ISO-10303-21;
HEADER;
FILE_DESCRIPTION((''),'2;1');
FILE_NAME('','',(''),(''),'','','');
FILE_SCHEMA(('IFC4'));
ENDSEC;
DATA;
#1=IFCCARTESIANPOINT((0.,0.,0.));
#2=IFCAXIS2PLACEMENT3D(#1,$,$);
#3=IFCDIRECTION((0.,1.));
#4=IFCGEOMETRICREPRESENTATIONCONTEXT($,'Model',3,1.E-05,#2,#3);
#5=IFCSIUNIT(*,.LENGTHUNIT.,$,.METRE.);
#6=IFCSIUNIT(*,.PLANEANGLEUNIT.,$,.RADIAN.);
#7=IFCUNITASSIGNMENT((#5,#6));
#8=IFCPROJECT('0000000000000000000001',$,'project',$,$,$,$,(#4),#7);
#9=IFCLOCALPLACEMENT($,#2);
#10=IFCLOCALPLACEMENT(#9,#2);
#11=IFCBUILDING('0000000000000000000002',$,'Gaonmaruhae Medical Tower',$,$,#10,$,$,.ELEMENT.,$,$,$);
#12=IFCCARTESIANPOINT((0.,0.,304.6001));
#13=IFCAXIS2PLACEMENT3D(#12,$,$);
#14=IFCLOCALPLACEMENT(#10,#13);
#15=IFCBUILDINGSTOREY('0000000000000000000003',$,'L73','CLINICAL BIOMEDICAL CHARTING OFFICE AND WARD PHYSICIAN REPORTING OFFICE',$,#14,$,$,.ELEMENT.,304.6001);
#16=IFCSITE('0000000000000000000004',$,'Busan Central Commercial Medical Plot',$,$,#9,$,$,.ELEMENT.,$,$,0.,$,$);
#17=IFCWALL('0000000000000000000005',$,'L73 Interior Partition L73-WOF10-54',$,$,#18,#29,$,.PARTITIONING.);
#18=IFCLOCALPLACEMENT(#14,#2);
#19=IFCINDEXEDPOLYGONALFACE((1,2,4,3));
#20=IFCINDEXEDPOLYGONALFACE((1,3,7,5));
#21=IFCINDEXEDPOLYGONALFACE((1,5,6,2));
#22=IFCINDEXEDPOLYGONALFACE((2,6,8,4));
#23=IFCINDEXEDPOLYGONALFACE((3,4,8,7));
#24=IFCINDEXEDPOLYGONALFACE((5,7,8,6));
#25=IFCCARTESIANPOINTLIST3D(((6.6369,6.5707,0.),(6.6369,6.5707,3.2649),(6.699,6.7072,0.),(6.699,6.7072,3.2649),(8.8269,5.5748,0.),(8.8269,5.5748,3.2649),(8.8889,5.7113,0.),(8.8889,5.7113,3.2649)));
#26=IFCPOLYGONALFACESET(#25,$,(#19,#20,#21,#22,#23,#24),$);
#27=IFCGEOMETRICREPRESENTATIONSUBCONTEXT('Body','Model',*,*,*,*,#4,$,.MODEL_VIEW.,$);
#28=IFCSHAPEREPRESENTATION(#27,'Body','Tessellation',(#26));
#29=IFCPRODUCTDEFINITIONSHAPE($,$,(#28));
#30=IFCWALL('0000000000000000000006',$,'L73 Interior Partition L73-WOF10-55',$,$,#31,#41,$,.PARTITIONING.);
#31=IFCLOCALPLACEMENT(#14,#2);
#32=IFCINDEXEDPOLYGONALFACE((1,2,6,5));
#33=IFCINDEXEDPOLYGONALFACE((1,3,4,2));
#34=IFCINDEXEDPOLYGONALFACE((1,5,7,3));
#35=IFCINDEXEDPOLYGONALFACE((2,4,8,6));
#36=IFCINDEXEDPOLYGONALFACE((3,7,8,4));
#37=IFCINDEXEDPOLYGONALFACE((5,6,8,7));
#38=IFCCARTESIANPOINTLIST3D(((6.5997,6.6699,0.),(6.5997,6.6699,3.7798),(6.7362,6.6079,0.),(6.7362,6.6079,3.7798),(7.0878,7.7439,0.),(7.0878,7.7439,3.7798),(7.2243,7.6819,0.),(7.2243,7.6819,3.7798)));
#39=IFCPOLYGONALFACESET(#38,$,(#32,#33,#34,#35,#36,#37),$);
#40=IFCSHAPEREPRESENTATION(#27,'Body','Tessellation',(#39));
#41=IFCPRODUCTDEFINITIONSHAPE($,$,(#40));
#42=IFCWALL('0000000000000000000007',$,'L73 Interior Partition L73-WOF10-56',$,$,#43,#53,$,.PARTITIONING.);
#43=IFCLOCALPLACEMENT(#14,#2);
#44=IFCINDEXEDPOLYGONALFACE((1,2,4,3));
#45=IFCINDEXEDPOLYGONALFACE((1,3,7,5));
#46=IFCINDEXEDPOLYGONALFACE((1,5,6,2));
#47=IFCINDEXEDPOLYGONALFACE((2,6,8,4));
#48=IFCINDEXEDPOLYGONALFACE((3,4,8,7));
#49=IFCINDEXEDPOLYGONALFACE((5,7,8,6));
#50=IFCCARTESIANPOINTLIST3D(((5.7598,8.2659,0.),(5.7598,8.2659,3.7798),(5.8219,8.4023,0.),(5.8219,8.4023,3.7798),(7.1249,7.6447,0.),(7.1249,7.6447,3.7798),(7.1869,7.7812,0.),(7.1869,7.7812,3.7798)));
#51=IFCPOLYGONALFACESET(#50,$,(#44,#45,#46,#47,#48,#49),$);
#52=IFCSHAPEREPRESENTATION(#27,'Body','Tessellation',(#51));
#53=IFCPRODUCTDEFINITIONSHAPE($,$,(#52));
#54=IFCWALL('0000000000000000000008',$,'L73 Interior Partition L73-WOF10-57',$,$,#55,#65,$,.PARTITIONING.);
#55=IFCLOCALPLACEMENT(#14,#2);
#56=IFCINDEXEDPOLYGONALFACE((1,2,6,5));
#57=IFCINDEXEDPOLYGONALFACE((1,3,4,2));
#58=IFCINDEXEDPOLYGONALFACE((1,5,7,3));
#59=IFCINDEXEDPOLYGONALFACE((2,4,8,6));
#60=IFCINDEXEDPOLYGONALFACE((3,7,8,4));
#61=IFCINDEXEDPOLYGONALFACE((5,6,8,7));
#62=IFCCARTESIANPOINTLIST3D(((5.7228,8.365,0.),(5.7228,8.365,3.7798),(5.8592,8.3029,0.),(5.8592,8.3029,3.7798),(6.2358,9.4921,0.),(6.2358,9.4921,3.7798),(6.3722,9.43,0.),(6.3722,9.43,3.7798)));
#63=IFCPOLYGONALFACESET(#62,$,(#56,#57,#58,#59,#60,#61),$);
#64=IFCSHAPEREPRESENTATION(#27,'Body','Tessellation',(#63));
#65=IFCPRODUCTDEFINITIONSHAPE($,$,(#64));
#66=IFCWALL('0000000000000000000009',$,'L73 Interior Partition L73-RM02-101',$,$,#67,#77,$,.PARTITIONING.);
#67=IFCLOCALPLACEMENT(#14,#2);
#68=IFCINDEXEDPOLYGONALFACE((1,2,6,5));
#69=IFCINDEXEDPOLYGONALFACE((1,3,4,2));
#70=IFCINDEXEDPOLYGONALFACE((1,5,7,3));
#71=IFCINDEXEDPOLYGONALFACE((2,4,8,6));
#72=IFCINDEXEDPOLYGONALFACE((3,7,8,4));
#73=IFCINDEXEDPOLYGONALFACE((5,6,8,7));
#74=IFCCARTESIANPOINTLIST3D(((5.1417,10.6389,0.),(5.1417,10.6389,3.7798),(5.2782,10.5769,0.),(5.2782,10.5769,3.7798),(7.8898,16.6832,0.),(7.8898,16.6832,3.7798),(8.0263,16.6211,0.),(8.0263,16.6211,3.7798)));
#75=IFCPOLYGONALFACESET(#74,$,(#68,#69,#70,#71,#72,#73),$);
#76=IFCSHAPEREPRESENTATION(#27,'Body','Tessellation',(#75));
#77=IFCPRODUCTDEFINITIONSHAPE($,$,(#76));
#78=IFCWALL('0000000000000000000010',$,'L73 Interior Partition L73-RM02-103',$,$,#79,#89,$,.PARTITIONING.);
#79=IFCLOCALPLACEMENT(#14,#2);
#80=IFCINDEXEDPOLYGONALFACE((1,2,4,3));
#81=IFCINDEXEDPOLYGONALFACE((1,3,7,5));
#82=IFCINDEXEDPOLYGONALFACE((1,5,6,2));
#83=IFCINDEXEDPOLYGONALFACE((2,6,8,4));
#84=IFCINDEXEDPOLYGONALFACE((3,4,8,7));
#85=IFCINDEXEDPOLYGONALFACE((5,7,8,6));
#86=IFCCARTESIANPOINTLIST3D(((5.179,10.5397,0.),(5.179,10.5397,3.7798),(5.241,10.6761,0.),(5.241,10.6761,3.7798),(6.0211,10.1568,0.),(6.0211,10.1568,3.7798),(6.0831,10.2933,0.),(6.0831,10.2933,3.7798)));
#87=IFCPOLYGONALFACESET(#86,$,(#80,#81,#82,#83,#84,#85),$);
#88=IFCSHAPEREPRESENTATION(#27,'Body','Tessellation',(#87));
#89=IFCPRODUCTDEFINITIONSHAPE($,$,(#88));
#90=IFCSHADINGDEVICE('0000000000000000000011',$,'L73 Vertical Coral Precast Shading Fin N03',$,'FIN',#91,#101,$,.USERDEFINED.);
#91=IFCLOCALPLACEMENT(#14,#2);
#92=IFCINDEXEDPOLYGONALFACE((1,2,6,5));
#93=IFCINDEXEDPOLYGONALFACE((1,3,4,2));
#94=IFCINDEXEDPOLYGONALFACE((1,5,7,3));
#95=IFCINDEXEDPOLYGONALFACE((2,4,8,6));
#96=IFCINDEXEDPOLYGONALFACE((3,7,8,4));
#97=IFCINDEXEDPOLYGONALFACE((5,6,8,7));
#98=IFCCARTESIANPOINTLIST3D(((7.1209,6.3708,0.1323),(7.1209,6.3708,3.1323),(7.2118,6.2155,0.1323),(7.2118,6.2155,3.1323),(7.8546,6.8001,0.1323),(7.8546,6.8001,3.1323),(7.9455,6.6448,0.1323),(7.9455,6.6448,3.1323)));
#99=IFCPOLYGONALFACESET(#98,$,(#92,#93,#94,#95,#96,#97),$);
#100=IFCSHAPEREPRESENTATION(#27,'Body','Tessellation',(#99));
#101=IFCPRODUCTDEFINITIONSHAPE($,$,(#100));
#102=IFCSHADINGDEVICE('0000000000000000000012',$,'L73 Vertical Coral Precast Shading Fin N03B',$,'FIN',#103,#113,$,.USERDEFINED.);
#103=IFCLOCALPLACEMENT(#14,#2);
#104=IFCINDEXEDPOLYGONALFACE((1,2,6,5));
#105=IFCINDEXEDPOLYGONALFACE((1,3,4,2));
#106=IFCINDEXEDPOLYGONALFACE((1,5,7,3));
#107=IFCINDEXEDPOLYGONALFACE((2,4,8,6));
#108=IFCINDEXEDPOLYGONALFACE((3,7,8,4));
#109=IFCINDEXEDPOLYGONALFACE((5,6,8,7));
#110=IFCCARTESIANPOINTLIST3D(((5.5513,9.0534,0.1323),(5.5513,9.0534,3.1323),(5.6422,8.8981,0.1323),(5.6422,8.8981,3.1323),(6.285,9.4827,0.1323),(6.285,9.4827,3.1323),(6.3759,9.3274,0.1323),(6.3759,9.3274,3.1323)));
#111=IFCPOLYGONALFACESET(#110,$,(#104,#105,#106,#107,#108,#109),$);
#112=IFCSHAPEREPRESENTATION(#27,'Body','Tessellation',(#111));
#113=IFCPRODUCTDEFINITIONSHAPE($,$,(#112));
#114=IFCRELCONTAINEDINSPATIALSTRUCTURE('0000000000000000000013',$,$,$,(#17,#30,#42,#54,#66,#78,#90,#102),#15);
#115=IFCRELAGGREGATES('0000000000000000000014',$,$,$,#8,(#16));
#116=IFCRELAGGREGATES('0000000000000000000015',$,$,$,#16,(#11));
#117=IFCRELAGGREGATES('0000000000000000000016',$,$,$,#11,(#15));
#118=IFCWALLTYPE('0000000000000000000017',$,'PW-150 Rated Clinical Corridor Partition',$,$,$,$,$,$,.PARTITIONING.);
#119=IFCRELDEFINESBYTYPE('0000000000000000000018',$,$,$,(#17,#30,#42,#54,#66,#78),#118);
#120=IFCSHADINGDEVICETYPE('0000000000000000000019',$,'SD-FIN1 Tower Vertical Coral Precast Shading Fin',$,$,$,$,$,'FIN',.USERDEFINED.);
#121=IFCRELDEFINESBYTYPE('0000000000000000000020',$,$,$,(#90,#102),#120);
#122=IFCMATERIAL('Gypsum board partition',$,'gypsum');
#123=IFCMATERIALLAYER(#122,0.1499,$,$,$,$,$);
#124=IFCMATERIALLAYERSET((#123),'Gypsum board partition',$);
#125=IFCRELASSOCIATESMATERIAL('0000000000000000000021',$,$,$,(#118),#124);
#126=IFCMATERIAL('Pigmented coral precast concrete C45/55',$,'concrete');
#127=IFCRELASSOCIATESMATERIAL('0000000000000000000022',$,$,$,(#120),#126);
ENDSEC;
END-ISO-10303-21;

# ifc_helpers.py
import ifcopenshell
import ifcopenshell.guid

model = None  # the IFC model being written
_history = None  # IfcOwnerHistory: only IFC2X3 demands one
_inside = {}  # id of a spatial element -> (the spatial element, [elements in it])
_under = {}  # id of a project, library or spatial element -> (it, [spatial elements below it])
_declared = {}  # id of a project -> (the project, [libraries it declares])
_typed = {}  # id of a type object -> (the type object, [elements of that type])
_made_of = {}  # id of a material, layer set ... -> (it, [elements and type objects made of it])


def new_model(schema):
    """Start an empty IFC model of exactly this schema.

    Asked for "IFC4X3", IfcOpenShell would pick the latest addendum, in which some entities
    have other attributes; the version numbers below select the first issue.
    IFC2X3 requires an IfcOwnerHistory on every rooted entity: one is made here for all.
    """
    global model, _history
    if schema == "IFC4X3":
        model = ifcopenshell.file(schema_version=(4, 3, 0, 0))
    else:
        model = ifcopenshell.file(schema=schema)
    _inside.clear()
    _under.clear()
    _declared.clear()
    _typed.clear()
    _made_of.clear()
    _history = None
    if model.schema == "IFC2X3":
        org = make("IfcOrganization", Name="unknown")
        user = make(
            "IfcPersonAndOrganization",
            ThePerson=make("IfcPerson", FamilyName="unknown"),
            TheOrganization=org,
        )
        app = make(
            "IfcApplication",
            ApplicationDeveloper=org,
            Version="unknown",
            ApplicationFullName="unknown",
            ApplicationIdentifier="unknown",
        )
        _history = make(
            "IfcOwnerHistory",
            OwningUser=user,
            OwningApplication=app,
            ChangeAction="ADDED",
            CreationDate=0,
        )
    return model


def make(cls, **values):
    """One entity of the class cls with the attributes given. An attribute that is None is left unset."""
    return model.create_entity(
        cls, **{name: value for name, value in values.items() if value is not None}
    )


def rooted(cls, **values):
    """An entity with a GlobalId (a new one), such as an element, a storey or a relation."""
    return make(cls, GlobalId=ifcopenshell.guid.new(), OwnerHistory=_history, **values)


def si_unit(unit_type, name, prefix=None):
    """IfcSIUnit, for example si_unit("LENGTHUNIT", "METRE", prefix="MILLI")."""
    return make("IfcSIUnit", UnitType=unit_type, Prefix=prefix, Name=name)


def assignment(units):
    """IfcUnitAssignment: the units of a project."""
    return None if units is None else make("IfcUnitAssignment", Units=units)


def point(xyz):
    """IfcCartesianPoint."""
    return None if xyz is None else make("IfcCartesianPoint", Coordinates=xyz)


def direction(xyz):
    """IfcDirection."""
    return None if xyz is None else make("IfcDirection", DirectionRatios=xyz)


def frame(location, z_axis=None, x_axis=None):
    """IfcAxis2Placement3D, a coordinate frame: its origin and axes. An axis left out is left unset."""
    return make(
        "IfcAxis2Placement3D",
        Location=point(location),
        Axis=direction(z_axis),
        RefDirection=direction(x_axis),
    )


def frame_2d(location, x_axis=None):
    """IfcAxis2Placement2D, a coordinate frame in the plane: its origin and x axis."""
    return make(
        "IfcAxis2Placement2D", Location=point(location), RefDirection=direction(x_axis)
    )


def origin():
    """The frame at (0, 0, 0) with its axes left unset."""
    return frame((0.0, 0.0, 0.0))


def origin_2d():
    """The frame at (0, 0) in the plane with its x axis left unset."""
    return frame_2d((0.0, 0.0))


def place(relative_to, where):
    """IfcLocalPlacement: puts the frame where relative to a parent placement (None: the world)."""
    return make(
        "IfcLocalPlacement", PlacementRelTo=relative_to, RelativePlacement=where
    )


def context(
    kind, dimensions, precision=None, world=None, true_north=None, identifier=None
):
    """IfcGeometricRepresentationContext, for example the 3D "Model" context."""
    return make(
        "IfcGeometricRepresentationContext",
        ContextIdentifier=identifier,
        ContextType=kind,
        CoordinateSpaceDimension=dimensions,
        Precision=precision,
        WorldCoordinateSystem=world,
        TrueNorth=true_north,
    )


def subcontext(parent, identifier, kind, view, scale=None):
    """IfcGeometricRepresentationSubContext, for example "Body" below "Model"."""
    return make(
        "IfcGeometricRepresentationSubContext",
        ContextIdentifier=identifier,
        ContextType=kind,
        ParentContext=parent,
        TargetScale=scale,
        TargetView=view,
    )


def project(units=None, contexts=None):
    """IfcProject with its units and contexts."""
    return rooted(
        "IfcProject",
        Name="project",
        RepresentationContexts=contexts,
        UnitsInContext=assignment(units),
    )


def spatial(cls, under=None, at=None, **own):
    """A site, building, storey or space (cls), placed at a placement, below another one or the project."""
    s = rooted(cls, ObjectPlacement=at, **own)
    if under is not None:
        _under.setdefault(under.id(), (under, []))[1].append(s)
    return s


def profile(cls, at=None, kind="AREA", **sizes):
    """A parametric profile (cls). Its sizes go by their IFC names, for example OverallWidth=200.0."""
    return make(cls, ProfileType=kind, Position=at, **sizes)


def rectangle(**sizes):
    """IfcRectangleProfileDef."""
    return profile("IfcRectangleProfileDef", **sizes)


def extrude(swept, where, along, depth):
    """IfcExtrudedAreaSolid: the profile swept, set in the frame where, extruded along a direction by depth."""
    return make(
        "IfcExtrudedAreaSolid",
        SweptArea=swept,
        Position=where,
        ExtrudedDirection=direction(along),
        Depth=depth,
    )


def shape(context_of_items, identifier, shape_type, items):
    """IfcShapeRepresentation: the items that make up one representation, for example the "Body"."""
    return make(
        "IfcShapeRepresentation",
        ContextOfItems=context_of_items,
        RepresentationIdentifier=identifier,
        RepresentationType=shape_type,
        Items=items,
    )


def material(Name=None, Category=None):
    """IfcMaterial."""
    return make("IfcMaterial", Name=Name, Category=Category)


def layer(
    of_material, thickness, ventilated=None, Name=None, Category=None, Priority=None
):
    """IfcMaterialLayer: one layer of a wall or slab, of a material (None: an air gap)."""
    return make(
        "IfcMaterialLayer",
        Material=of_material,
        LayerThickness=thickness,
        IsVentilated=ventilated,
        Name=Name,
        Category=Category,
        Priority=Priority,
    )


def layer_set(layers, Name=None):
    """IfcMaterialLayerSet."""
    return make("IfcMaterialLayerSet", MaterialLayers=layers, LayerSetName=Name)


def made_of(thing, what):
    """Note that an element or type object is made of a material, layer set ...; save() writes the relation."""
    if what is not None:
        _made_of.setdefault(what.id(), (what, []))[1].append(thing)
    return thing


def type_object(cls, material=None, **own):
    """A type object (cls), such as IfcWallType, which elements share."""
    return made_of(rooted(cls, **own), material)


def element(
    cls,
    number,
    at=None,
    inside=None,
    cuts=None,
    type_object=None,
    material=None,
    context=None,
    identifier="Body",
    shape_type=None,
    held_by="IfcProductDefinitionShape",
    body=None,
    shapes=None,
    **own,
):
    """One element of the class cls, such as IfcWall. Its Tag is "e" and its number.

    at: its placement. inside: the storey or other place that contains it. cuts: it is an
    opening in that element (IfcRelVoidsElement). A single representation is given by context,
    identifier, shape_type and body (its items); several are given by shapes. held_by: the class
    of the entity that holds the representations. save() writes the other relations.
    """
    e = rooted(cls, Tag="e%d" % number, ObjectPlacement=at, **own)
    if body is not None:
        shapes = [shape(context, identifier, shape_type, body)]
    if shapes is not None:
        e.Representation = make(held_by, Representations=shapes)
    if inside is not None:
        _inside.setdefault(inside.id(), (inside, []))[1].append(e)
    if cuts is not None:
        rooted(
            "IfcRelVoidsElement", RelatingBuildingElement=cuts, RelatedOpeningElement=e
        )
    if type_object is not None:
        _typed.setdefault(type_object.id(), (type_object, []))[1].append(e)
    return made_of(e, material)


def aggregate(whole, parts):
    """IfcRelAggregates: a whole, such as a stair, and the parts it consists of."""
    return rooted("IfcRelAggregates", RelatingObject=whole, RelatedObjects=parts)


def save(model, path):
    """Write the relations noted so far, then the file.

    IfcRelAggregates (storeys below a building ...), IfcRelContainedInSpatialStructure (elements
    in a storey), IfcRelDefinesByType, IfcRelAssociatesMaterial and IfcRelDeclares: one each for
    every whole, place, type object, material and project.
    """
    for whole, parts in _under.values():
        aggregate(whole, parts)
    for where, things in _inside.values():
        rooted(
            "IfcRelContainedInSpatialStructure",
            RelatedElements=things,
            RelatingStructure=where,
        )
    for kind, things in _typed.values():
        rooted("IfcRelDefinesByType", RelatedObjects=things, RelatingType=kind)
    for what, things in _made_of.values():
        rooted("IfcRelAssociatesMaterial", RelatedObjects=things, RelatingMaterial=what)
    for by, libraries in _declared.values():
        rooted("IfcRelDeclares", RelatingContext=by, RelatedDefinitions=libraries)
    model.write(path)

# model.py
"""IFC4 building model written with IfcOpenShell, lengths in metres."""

from ifc_helpers import new_model, si_unit, direction, frame, frame_2d, origin, origin_2d, place, context, subcontext, project, spatial, rectangle, extrude, material, layer, layer_set, type_object, element, save


model = new_model("IFC4")

# Units and contexts
model_context = context("Model", 3, precision=1e-05, world=origin(), true_north=direction((0.0, 1.0)))
body_context = subcontext(model_context, "Body", "Model", "MODEL_VIEW")
ifc_project = project(units=[si_unit("LENGTHUNIT", "METRE"), si_unit("PLANEANGLEUNIT", "RADIAN")], contexts=[model_context])

# Site, building, storey
site_placement = place(None, origin())
site = spatial("IfcSite", under=ifc_project, at=site_placement, Name="Busan Central Commercial Medical Plot", CompositionType="ELEMENT", RefElevation=0.0)
building_placement = place(site_placement, origin())
building = spatial("IfcBuilding", under=site, at=building_placement, Name="Gaonmaruhae Medical Tower", CompositionType="ELEMENT")
storey_placement = place(building_placement, frame((0.0, 0.0, 304.6001)))
storey = spatial("IfcBuildingStorey", under=building, at=storey_placement, Name="L73", Description="CLINICAL BIOMEDICAL CHARTING OFFICE AND WARD PHYSICIAN REPORTING OFFICE", CompositionType="ELEMENT", Elevation=304.6001)

# Walls
ifc_material_1 = material(Name="Gypsum board partition", Category="gypsum")
ifc_layer_1 = layer(ifc_material_1, 0.1499)
ifc_layer_set_1 = layer_set([ifc_layer_1], Name="Gypsum board partition")
wall_type_1 = type_object("IfcWallType", Name="PW-150 Rated Clinical Corridor Partition", PredefinedType="PARTITIONING", material=ifc_layer_set_1)
wall_1_placement = place(storey_placement, frame((8.8579, 5.6431, 0.0), z_axis=(0.0, 0.0, 1.0), x_axis=(-0.9103, 0.413948, 0.0)))
element("IfcWall", 1, at=wall_1_placement, inside=storey, type_object=wall_type_1, Name="L73 Interior Partition L73-WOF10-54", PredefinedType="PARTITIONING", context=body_context, shape_type="SweptSolid", body=[
    extrude(rectangle(XDim=2.4058, YDim=0.1499, at=frame_2d((1.2029, 0.0))), origin(), (0.0, 0.0, 1.0), 3.2649),
])
wall_2_placement = place(storey_placement, frame((6.668, 6.6389, 0.0), z_axis=(0.0, 0.0, 1.0), x_axis=(0.413709, 0.910409, 0.0)))
element("IfcWall", 2, at=wall_2_placement, inside=storey, type_object=wall_type_1, Name="L73 Interior Partition L73-WOF10-55", PredefinedType="PARTITIONING", context=body_context, shape_type="SweptSolid", body=[
    extrude(rectangle(XDim=1.1797, YDim=0.1499, at=frame_2d((0.5898, 0.0))), origin(), (0.0, 0.0, 1.0), 3.7798),
])
wall_3_placement = place(storey_placement, frame((7.156, 7.7129, 0.0), z_axis=(0.0, 0.0, 1.0), x_axis=(-0.910205, 0.414159, 0.0)))
element("IfcWall", 3, at=wall_3_placement, inside=storey, type_object=wall_type_1, Name="L73 Interior Partition L73-WOF10-56", PredefinedType="PARTITIONING", context=body_context, shape_type="SweptSolid", body=[
    extrude(rectangle(XDim=1.4998, YDim=0.1499, at=frame_2d((0.75, 0.0))), origin(), (0.0, 0.0, 1.0), 3.7798),
])
wall_4_placement = place(storey_placement, frame((5.791, 8.334, 0.0), z_axis=(0.0, 0.0, 1.0), x_axis=(0.414263, 0.910157, 0.0)))
element("IfcWall", 4, at=wall_4_placement, inside=storey, type_object=wall_type_1, Name="L73 Interior Partition L73-WOF10-57", PredefinedType="PARTITIONING", context=body_context, shape_type="SweptSolid", body=[
    extrude(rectangle(XDim=1.2383, YDim=0.1499, at=frame_2d((0.6191, 0.0))), origin(), (0.0, 0.0, 1.0), 3.7798),
])
wall_5_placement = place(storey_placement, frame((5.21, 10.6079, 0.0), z_axis=(0.0, 0.0, 1.0), x_axis=(0.413889, 0.910327, 0.0)))
element("IfcWall", 5, at=wall_5_placement, inside=storey, type_object=wall_type_1, Name="L73 Interior Partition L73-RM02-101", PredefinedType="PARTITIONING", context=body_context, shape_type="SweptSolid", body=[
    extrude(rectangle(XDim=6.6396, YDim=0.1499, at=frame_2d((3.3198, 0.0))), origin(), (0.0, 0.0, 1.0), 3.7798),
])
wall_6_placement = place(storey_placement, frame((6.052, 10.2251, 0.0), z_axis=(0.0, 0.0, 1.0), x_axis=(-0.910339, 0.413863, 0.0)))
element("IfcWall", 6, at=wall_6_placement, inside=storey, type_object=wall_type_1, Name="L73 Interior Partition L73-RM02-103", PredefinedType="PARTITIONING", context=body_context, shape_type="SweptSolid", body=[
    extrude(rectangle(XDim=0.925, YDim=0.1499, at=frame_2d((0.4624, 0.0))), origin(), (0.0, 0.0, 1.0), 3.7798),
])

# Shading devices
ifc_material_2 = material(Name="Pigmented coral precast concrete C45/55", Category="concrete")
shading_device_type = type_object("IfcShadingDeviceType", Name="SD-FIN1 Tower Vertical Coral Precast Shading Fin", ElementType="FIN", PredefinedType="USERDEFINED", material=ifc_material_2)
for number, where, z_axis, x_axis, name in (
    (7, (7.5332, 6.5078, 0.1323), (0.0, 0.0, 1.0), (-0.505025, 0.863105, 0.0), "L73 Vertical Coral Precast Shading Fin N03"),
    (8, (5.9636, 9.1904, 0.1323), (0.0, 0.0, 1.0), (-0.505025, 0.863105, 0.0), "L73 Vertical Coral Precast Shading Fin N03B"),
):
    element("IfcShadingDevice", number, at=place(storey_placement, frame(where, z_axis=z_axis, x_axis=x_axis)), inside=storey, type_object=shading_device_type, Name=name, ObjectType="FIN", PredefinedType="USERDEFINED", context=body_context, shape_type="SweptSolid", body=[
        extrude(rectangle(XDim=0.1799, YDim=0.8501, at=origin_2d()), origin(), (0.0, 0.0, 1.0), 3.0),
    ])

save(model, "model.ifc")
